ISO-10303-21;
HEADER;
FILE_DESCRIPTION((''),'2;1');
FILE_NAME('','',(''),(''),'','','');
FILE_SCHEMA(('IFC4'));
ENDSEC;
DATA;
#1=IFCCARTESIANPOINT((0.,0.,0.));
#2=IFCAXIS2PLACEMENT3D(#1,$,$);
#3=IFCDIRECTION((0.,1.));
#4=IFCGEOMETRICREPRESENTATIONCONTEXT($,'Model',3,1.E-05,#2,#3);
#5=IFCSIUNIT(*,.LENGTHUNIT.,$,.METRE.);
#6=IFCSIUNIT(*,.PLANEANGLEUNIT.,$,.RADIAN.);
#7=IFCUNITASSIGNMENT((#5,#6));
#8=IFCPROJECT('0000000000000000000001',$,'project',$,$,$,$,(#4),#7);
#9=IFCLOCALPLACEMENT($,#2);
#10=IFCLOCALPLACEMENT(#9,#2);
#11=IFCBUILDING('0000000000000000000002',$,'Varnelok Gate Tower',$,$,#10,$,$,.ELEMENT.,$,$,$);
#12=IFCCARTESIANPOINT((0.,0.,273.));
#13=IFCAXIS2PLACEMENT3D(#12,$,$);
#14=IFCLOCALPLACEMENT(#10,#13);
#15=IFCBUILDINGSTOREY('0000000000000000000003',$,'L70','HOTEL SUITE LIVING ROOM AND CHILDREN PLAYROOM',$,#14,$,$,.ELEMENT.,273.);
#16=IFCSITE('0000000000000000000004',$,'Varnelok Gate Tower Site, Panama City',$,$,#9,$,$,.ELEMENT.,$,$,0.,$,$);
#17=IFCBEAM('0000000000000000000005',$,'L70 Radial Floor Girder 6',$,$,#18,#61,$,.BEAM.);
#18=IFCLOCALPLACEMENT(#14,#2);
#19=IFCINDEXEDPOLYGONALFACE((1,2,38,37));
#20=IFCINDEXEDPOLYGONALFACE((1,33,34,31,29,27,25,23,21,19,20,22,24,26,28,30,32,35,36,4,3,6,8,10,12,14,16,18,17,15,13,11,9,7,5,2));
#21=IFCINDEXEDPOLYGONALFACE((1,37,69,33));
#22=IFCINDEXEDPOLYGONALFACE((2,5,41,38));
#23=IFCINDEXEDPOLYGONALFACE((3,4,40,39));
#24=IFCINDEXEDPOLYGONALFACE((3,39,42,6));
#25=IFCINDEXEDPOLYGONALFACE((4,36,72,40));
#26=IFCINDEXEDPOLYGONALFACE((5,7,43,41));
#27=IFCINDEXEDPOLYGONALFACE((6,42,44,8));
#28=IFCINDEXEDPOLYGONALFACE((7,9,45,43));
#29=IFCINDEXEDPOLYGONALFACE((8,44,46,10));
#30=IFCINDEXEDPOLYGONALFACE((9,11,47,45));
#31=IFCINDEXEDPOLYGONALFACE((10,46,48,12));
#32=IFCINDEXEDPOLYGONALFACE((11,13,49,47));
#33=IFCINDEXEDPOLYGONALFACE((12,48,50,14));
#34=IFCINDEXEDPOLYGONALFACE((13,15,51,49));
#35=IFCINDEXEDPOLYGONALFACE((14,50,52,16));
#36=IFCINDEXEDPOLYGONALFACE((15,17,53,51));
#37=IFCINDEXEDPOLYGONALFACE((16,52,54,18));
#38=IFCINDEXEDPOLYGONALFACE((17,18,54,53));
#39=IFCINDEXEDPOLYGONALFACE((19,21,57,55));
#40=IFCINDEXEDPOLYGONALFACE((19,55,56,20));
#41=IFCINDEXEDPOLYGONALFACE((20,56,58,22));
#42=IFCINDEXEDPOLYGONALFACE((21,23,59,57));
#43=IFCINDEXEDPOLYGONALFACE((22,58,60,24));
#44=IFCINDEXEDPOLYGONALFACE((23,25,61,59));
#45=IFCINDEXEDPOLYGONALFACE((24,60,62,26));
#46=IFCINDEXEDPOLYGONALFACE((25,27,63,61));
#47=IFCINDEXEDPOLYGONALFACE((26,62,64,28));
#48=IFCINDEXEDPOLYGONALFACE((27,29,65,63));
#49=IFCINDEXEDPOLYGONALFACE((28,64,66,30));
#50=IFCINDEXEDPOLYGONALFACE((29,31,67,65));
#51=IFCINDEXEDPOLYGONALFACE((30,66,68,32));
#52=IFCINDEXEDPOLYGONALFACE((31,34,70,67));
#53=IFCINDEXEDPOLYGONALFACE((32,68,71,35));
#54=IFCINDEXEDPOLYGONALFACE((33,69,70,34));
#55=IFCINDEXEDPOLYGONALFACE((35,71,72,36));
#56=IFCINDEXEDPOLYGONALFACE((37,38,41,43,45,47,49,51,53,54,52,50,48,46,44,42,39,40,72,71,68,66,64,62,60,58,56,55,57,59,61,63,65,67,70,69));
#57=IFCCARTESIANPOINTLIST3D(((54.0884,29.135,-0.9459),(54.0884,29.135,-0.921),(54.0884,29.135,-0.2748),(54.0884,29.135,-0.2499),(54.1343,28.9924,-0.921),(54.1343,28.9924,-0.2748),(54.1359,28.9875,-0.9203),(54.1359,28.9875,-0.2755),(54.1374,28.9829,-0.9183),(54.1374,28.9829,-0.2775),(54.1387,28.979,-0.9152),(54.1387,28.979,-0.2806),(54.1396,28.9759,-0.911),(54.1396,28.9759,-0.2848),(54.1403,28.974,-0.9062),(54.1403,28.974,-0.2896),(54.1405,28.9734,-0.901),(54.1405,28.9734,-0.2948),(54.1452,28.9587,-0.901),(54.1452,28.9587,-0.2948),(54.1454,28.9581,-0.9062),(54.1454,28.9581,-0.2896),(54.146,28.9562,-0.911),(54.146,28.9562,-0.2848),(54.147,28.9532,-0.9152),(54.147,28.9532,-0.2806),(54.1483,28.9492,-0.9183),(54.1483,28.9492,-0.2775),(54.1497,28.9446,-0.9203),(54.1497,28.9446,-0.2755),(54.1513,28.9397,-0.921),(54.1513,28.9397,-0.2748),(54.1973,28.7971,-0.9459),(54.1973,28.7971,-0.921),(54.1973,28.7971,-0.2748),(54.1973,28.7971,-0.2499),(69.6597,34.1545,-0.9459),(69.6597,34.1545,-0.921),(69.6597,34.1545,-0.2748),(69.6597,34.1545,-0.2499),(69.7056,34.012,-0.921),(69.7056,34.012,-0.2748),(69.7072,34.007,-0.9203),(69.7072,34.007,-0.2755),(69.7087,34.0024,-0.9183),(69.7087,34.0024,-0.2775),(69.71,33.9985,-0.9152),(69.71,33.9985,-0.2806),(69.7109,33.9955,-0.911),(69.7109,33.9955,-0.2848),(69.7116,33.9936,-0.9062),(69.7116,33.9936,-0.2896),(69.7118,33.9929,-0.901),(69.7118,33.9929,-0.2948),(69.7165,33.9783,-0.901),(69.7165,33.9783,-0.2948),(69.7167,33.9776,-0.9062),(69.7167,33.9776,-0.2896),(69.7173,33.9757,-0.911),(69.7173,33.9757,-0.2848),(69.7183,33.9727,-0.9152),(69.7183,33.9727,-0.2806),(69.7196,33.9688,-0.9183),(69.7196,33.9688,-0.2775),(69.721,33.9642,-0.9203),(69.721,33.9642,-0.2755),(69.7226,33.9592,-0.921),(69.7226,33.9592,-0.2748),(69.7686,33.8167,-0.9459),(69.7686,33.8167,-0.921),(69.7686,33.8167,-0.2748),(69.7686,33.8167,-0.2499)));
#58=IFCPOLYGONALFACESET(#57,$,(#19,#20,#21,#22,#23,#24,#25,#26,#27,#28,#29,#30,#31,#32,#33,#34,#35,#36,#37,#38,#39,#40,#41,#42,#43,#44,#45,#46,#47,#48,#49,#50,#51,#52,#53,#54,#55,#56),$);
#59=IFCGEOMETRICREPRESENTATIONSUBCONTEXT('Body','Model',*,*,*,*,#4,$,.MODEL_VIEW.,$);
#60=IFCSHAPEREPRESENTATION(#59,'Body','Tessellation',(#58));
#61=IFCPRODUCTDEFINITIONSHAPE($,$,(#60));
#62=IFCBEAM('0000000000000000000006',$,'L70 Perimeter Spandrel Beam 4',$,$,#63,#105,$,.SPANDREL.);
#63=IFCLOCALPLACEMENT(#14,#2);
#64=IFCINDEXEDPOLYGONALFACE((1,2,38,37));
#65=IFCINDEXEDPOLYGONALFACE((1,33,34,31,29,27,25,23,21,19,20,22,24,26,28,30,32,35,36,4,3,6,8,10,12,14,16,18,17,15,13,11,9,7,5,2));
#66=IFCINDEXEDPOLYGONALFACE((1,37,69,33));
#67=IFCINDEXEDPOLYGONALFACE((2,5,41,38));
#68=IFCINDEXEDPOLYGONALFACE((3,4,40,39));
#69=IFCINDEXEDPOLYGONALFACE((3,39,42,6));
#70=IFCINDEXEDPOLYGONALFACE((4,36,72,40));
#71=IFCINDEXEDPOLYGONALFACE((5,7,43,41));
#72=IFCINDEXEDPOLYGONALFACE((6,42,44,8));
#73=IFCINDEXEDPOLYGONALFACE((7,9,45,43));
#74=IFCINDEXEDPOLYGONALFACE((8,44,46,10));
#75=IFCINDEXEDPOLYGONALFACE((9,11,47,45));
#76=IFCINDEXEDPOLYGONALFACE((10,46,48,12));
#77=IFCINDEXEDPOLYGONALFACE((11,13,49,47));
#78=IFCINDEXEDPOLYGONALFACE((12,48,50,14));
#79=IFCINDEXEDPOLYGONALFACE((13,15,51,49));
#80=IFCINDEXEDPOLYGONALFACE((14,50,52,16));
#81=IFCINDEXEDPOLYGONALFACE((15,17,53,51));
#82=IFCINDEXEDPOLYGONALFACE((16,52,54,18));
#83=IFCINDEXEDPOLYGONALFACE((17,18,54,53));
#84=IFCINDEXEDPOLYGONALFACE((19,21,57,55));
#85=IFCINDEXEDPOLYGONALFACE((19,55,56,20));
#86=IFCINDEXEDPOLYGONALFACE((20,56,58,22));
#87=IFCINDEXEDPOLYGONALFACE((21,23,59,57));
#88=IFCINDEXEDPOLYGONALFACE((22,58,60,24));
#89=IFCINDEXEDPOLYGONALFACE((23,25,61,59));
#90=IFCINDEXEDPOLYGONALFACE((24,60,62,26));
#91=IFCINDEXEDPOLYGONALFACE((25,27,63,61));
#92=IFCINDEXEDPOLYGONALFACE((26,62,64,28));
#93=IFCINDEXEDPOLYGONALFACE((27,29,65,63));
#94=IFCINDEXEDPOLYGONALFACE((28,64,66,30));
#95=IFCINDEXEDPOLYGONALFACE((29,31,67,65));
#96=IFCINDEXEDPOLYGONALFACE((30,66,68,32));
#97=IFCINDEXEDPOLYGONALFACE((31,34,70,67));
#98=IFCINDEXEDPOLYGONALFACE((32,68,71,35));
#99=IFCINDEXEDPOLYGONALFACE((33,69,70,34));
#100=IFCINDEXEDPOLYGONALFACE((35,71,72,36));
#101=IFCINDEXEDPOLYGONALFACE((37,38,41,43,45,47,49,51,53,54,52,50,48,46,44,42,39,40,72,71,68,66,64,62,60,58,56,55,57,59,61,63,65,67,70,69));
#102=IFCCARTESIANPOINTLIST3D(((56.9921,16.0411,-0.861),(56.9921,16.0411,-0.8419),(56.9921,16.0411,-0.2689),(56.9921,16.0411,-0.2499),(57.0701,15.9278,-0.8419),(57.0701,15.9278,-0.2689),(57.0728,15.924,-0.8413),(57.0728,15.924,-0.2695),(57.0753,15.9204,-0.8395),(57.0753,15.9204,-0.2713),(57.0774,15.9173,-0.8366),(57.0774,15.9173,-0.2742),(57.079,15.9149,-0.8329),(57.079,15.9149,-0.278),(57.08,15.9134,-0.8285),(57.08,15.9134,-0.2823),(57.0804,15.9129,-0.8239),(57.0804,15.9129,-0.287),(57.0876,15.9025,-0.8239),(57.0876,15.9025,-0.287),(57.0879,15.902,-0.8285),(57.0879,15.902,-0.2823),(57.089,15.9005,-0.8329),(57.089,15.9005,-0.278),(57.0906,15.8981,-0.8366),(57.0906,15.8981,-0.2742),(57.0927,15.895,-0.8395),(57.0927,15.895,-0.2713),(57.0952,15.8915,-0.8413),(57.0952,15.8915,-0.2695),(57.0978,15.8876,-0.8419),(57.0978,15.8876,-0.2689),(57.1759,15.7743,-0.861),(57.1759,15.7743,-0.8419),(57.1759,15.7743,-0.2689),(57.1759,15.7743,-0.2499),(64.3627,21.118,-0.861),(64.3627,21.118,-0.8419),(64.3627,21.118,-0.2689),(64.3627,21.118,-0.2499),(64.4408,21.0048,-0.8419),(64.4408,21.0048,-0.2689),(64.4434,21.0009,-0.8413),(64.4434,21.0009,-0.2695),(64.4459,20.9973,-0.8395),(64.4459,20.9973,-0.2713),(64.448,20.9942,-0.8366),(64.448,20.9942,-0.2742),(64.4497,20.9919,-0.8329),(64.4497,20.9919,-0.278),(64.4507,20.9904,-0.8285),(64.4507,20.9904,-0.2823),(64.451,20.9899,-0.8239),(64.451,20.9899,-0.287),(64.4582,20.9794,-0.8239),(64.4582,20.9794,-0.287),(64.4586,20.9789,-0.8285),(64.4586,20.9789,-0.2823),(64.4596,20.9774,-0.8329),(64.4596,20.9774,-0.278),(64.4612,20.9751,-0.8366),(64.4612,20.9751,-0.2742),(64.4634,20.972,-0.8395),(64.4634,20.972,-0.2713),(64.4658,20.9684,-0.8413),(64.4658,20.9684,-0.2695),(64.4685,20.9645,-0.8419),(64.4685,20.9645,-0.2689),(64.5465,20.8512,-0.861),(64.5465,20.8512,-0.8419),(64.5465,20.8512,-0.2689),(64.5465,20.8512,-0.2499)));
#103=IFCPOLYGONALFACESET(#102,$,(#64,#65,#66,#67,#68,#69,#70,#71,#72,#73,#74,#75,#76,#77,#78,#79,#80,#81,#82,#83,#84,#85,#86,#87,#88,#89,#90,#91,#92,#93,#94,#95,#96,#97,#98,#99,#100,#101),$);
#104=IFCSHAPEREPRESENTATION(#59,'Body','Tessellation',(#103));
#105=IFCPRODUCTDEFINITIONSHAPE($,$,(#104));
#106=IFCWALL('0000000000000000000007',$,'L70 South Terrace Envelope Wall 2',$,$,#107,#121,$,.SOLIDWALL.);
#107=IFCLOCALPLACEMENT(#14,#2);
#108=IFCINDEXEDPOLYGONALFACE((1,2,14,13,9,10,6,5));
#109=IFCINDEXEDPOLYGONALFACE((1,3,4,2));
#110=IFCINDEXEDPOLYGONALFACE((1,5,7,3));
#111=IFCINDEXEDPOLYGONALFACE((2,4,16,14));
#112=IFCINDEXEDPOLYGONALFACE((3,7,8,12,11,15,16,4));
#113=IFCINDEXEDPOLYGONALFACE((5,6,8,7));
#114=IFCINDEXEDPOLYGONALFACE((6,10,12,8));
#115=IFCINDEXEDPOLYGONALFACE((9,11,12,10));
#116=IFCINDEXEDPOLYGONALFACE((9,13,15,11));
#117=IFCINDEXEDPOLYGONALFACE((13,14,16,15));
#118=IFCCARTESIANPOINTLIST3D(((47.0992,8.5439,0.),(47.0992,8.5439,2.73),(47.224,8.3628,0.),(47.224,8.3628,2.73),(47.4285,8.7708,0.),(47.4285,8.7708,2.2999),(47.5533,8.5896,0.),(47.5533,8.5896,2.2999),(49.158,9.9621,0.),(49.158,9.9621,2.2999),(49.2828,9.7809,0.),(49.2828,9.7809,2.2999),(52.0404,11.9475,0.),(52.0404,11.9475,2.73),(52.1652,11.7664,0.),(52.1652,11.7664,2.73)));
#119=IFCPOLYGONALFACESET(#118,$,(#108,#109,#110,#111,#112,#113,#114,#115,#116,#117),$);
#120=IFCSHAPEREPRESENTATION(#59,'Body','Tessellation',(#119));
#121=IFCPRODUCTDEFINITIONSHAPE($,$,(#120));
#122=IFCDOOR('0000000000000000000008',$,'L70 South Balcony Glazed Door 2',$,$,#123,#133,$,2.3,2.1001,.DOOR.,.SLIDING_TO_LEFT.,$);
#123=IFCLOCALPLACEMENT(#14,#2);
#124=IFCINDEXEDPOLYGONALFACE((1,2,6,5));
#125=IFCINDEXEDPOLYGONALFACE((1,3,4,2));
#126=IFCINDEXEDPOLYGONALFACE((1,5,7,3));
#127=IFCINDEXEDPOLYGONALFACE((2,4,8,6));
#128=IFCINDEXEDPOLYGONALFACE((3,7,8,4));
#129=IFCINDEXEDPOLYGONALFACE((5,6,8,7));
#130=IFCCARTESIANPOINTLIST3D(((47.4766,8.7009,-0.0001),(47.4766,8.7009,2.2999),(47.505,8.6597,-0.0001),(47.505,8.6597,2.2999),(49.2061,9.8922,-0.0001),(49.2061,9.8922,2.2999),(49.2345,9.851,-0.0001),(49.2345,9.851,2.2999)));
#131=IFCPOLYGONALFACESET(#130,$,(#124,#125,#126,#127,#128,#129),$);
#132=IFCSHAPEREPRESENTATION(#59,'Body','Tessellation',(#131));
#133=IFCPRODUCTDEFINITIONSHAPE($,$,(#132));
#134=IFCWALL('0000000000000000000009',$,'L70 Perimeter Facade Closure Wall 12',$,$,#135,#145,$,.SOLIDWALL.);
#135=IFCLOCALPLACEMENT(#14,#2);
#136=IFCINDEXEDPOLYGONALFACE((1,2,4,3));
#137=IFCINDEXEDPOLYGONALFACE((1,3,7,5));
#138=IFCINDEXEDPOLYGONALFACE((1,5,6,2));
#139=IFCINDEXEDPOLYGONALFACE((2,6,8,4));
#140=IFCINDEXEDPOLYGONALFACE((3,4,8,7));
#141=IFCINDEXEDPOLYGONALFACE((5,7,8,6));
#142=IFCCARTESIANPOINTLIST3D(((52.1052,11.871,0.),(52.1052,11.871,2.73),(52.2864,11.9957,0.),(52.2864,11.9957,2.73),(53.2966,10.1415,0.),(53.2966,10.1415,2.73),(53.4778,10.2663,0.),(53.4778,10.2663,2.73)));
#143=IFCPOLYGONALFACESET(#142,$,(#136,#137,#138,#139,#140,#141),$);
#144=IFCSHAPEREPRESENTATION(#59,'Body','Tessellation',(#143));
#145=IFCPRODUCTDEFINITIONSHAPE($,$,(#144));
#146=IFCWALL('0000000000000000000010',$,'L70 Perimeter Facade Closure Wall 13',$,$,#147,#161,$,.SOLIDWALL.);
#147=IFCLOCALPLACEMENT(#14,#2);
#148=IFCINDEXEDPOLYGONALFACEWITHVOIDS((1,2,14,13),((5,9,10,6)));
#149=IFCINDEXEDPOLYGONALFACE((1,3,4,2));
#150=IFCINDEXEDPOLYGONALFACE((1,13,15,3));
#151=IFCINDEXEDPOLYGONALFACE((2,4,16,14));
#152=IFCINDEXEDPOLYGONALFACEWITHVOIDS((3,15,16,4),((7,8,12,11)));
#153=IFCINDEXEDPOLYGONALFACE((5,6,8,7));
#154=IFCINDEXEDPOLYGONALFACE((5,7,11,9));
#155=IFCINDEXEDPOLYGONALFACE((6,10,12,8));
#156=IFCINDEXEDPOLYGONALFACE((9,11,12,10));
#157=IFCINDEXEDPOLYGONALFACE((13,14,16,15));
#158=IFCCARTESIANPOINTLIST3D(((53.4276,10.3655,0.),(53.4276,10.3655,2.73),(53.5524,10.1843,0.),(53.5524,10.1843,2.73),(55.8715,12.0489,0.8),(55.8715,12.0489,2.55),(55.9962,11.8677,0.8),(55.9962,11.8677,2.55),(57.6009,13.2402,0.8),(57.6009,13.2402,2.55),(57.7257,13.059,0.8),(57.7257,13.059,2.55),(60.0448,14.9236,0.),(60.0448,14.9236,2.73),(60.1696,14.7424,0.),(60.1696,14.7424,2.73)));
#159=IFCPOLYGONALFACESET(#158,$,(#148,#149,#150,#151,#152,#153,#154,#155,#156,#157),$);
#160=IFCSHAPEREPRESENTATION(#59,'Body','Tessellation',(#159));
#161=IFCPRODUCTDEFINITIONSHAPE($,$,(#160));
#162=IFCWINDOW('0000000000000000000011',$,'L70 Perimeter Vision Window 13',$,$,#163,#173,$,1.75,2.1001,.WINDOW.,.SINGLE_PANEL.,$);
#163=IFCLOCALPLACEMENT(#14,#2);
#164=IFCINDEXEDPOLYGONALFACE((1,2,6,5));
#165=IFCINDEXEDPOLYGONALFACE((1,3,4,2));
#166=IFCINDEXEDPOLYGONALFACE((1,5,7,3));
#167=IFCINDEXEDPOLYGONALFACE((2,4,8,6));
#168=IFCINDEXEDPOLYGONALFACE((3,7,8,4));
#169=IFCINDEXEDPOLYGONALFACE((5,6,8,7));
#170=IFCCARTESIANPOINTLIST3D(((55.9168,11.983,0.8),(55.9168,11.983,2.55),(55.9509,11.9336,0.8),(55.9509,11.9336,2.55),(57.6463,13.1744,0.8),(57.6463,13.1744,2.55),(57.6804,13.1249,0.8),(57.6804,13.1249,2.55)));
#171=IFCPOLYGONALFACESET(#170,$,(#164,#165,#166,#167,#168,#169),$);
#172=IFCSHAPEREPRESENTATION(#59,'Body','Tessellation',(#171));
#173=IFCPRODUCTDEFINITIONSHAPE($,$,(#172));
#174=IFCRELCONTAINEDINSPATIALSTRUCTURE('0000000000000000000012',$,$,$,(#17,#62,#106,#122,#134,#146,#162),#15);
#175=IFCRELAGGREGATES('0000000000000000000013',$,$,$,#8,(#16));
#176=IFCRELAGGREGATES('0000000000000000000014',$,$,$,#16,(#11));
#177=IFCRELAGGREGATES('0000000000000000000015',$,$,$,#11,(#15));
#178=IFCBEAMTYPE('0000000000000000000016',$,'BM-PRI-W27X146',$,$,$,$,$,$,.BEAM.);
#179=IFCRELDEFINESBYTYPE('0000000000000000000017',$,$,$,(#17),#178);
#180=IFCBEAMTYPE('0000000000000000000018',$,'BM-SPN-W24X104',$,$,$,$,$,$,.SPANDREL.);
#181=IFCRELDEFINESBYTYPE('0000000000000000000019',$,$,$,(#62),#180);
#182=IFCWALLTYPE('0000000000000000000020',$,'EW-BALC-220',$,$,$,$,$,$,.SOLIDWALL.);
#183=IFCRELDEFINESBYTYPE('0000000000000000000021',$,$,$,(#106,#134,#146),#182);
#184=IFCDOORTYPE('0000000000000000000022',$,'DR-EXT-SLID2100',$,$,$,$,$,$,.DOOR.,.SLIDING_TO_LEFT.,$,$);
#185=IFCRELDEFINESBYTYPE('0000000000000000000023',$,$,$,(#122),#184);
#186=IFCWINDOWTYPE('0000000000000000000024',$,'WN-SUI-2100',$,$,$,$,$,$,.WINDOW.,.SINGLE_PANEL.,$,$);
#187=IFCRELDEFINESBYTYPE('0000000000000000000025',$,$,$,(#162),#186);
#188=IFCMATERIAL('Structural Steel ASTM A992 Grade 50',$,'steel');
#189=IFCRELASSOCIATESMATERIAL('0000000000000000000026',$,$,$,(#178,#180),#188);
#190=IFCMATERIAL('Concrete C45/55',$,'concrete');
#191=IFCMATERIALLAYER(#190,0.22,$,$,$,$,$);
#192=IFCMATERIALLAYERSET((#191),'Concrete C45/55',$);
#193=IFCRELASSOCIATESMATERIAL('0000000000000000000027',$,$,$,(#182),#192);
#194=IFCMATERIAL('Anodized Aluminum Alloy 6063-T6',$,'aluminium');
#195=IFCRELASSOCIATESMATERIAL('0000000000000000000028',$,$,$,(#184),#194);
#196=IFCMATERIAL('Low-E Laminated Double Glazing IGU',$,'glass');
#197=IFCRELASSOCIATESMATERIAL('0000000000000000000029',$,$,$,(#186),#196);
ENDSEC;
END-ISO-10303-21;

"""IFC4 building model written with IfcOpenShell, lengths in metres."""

from ifc_helpers import new_model, si_unit, direction, frame, frame_2d, origin, origin_2d, place, context, subcontext, project, spatial, rectangle, i_section, extrude, material, layer, layer_set, material_profile, profile_set, type_object, element, fill, save


model = new_model("IFC4")

# Units and contexts
model_context = context("Model", 3, precision=1e-05, world=origin(), true_north=direction((0.0, 1.0)))
body_context = subcontext(model_context, "Body", "Model", "MODEL_VIEW")
ifc_project = project(units=[si_unit("LENGTHUNIT", "METRE"), si_unit("PLANEANGLEUNIT", "RADIAN")], contexts=[model_context])

# Site, building, storey
site_placement = place(None, origin())
site = spatial("IfcSite", under=ifc_project, at=site_placement, Name="Varnelok Gate Tower Site, Panama City", CompositionType="ELEMENT", RefElevation=0.0)
building_placement = place(site_placement, origin())
building = spatial("IfcBuilding", under=site, at=building_placement, Name="Varnelok Gate Tower", CompositionType="ELEMENT")
storey_placement = place(building_placement, frame((0.0, 0.0, 273.0)))
storey = spatial("IfcBuildingStorey", under=building, at=storey_placement, Name="L70", Description="HOTEL SUITE LIVING ROOM AND CHILDREN PLAYROOM", CompositionType="ELEMENT", Elevation=273.0)

# Shared definitions
ifc_material_1 = material(Name="Structural Steel ASTM A992 Grade 50", Category="steel")

# Beams
ifc_material_profile_1 = material_profile(ifc_material_1, i_section(OverallWidth=0.355, OverallDepth=0.696, WebThickness=0.0154, FlangeThickness=0.0249, FilletRadius=0.02, at=origin_2d()), Name="W27X146")
ifc_profile_set_1 = profile_set([ifc_material_profile_1], Name="Structural Steel ASTM A992 Grade 50")
beam_type_1 = type_object("IfcBeamType", Name="BM-PRI-W27X146", PredefinedType="BEAM", material=ifc_profile_set_1)
beam_1_placement = place(storey_placement, frame((54.1428, 28.9661, -0.5979), z_axis=(0.95177, 0.306811, 0.0), x_axis=(-0.306811, 0.95177, 0.0)))
element("IfcBeam", 1, at=beam_1_placement, inside=storey, type_object=beam_type_1, Name="L70 Radial Floor Girder 6", PredefinedType="BEAM", context=body_context, shape_type="SweptSolid", body=[
    extrude(i_section(OverallWidth=0.355, OverallDepth=0.696, WebThickness=0.0154, FlangeThickness=0.0249, FilletRadius=0.02, at=origin_2d()), origin(), (0.0, 0.0, 1.0), 16.3604),
])
ifc_material_profile_2 = material_profile(ifc_material_1, i_section(OverallWidth=0.324, OverallDepth=0.6111, WebThickness=0.0127, FlangeThickness=0.019, FilletRadius=0.0181, at=origin_2d()), Name="W24X104")
ifc_profile_set_2 = profile_set([ifc_material_profile_2], Name="Structural Steel ASTM A992 Grade 50")
beam_type_2 = type_object("IfcBeamType", Name="BM-SPN-W24X104", PredefinedType="SPANDREL", material=ifc_profile_set_2)
beam_2_placement = place(storey_placement, frame((57.084, 15.9077, -0.5554), z_axis=(0.82354, 0.567258, 0.0), x_axis=(-0.567258, 0.82354, 0.0)))
element("IfcBeam", 2, at=beam_2_placement, inside=storey, type_object=beam_type_2, Name="L70 Perimeter Spandrel Beam 4", PredefinedType="SPANDREL", context=body_context, shape_type="SweptSolid", body=[
    extrude(i_section(OverallWidth=0.324, OverallDepth=0.6111, WebThickness=0.0127, FlangeThickness=0.019, FilletRadius=0.0181, at=origin_2d()), origin(), (0.0, 0.0, 1.0), 8.95),
])

# Wall, opening, door
ifc_material_2 = material(Name="Concrete C45/55", Category="concrete")
ifc_layer_1 = layer(ifc_material_2, 0.22)
ifc_layer_set_1 = layer_set([ifc_layer_1], Name="Concrete C45/55")
wall_type_1 = type_object("IfcWallType", Name="EW-BALC-220", PredefinedType="SOLIDWALL", material=ifc_layer_set_1)
wall_1_placement = place(storey_placement, frame((52.1028, 11.8569, 0.0), z_axis=(0.0, 0.0, 1.0), x_axis=(-0.823535, -0.567266, 0.0)))
wall_1 = element("IfcWall", 3, at=wall_1_placement, inside=storey, type_object=wall_type_1, Name="L70 South Terrace Envelope Wall 2", PredefinedType="SOLIDWALL", context=body_context, shape_type="SweptSolid", body=[
    extrude(rectangle(XDim=6.0, YDim=0.22, at=frame_2d((3.0, 0.0))), origin(), (0.0, 0.0, 1.0), 2.73),
])
opening_1_placement = place(wall_1_placement, frame((3.5, 0.0, 0.0)))
opening_1 = element("IfcOpeningElement", 4, at=opening_1_placement, cuts=wall_1, PredefinedType="OPENING", context=body_context, shape_type="SweptSolid", body=[
    extrude(rectangle(XDim=2.1001, YDim=2.3, at=frame_2d((1.05, 1.1499))), frame((0.0, 0.1199, 0.0), z_axis=(0.0, -1.0, 0.0), x_axis=(1.0, 0.0, 0.0)), (0.0, 0.0, 1.0), 0.24),
])
ifc_material_3 = material(Name="Anodized Aluminum Alloy 6063-T6", Category="aluminium")
door_type_1 = type_object("IfcDoorType", Name="DR-EXT-SLID2100", OperationType="SLIDING_TO_LEFT", PredefinedType="DOOR", material=ifc_material_3)
door_1_placement = place(opening_1_placement, origin())
door_1 = element("IfcDoor", 5, at=door_1_placement, inside=storey, type_object=door_type_1, Name="L70 South Balcony Glazed Door 2", OperationType="SLIDING_TO_LEFT", OverallHeight=2.3, OverallWidth=2.1001, PredefinedType="DOOR", context=body_context, shape_type="SweptSolid", body=[
    extrude(rectangle(XDim=2.1001, YDim=2.3, at=frame_2d((1.05, 1.1499))), frame((0.0, 0.0249, 0.0), z_axis=(0.0, -1.0, 0.0), x_axis=(1.0, 0.0, 0.0)), (0.0, 0.0, 1.0), 0.05),
])
fill(opening_1, door_1)

# Wall
wall_2_placement = place(storey_placement, frame((52.1958, 11.9333, 0.0), z_axis=(0.0, 0.0, 1.0), x_axis=(0.567298, -0.823512, 0.0)))
element("IfcWall", 6, at=wall_2_placement, inside=storey, type_object=wall_type_1, Name="L70 Perimeter Facade Closure Wall 12", PredefinedType="SOLIDWALL", context=body_context, shape_type="SweptSolid", body=[
    extrude(rectangle(XDim=2.1001, YDim=0.22, at=frame_2d((1.05, 0.0))), origin(), (0.0, 0.0, 1.0), 2.73),
])

# Wall, opening, window
wall_3_placement = place(storey_placement, frame((53.49, 10.2749, 0.0), z_axis=(0.0, 0.0, 1.0), x_axis=(0.823531, 0.567271, 0.0)))
wall_3 = element("IfcWall", 7, at=wall_3_placement, inside=storey, type_object=wall_type_1, Name="L70 Perimeter Facade Closure Wall 13", PredefinedType="SOLIDWALL", context=body_context, shape_type="SweptSolid", body=[
    extrude(rectangle(XDim=8.0352, YDim=0.22, at=frame_2d((4.0176, 0.0))), origin(), (0.0, 0.0, 1.0), 2.73),
])
opening_2_placement = place(wall_3_placement, frame((2.9675, 0.0, 0.8)))
opening_2 = element("IfcOpeningElement", 8, at=opening_2_placement, cuts=wall_3, PredefinedType="OPENING", context=body_context, shape_type="SweptSolid", body=[
    extrude(rectangle(XDim=2.1001, YDim=1.75, at=frame_2d((1.05, 0.875))), frame((0.0, 0.1199, 0.0), z_axis=(0.0, -1.0, 0.0), x_axis=(1.0, 0.0, 0.0)), (0.0, 0.0, 1.0), 0.24),
])
ifc_material_4 = material(Name="Low-E Laminated Double Glazing IGU", Category="glass")
window_type = type_object("IfcWindowType", Name="WN-SUI-2100", PartitioningType="SINGLE_PANEL", PredefinedType="WINDOW", material=ifc_material_4)
window_placement = place(opening_2_placement, origin())
window = element("IfcWindow", 9, at=window_placement, inside=storey, type_object=window_type, Name="L70 Perimeter Vision Window 13", OverallHeight=1.75, OverallWidth=2.1001, PartitioningType="SINGLE_PANEL", PredefinedType="WINDOW", context=body_context, shape_type="SweptSolid", body=[
    extrude(rectangle(XDim=2.1001, YDim=1.75, at=frame_2d((1.05, 0.875))), frame((0.0, 0.03, 0.0), z_axis=(0.0, -1.0, 0.0), x_axis=(1.0, 0.0, 0.0)), (0.0, 0.0, 1.0), 0.0601),
])
fill(opening_2, window)

save(model, "model.ifc")
